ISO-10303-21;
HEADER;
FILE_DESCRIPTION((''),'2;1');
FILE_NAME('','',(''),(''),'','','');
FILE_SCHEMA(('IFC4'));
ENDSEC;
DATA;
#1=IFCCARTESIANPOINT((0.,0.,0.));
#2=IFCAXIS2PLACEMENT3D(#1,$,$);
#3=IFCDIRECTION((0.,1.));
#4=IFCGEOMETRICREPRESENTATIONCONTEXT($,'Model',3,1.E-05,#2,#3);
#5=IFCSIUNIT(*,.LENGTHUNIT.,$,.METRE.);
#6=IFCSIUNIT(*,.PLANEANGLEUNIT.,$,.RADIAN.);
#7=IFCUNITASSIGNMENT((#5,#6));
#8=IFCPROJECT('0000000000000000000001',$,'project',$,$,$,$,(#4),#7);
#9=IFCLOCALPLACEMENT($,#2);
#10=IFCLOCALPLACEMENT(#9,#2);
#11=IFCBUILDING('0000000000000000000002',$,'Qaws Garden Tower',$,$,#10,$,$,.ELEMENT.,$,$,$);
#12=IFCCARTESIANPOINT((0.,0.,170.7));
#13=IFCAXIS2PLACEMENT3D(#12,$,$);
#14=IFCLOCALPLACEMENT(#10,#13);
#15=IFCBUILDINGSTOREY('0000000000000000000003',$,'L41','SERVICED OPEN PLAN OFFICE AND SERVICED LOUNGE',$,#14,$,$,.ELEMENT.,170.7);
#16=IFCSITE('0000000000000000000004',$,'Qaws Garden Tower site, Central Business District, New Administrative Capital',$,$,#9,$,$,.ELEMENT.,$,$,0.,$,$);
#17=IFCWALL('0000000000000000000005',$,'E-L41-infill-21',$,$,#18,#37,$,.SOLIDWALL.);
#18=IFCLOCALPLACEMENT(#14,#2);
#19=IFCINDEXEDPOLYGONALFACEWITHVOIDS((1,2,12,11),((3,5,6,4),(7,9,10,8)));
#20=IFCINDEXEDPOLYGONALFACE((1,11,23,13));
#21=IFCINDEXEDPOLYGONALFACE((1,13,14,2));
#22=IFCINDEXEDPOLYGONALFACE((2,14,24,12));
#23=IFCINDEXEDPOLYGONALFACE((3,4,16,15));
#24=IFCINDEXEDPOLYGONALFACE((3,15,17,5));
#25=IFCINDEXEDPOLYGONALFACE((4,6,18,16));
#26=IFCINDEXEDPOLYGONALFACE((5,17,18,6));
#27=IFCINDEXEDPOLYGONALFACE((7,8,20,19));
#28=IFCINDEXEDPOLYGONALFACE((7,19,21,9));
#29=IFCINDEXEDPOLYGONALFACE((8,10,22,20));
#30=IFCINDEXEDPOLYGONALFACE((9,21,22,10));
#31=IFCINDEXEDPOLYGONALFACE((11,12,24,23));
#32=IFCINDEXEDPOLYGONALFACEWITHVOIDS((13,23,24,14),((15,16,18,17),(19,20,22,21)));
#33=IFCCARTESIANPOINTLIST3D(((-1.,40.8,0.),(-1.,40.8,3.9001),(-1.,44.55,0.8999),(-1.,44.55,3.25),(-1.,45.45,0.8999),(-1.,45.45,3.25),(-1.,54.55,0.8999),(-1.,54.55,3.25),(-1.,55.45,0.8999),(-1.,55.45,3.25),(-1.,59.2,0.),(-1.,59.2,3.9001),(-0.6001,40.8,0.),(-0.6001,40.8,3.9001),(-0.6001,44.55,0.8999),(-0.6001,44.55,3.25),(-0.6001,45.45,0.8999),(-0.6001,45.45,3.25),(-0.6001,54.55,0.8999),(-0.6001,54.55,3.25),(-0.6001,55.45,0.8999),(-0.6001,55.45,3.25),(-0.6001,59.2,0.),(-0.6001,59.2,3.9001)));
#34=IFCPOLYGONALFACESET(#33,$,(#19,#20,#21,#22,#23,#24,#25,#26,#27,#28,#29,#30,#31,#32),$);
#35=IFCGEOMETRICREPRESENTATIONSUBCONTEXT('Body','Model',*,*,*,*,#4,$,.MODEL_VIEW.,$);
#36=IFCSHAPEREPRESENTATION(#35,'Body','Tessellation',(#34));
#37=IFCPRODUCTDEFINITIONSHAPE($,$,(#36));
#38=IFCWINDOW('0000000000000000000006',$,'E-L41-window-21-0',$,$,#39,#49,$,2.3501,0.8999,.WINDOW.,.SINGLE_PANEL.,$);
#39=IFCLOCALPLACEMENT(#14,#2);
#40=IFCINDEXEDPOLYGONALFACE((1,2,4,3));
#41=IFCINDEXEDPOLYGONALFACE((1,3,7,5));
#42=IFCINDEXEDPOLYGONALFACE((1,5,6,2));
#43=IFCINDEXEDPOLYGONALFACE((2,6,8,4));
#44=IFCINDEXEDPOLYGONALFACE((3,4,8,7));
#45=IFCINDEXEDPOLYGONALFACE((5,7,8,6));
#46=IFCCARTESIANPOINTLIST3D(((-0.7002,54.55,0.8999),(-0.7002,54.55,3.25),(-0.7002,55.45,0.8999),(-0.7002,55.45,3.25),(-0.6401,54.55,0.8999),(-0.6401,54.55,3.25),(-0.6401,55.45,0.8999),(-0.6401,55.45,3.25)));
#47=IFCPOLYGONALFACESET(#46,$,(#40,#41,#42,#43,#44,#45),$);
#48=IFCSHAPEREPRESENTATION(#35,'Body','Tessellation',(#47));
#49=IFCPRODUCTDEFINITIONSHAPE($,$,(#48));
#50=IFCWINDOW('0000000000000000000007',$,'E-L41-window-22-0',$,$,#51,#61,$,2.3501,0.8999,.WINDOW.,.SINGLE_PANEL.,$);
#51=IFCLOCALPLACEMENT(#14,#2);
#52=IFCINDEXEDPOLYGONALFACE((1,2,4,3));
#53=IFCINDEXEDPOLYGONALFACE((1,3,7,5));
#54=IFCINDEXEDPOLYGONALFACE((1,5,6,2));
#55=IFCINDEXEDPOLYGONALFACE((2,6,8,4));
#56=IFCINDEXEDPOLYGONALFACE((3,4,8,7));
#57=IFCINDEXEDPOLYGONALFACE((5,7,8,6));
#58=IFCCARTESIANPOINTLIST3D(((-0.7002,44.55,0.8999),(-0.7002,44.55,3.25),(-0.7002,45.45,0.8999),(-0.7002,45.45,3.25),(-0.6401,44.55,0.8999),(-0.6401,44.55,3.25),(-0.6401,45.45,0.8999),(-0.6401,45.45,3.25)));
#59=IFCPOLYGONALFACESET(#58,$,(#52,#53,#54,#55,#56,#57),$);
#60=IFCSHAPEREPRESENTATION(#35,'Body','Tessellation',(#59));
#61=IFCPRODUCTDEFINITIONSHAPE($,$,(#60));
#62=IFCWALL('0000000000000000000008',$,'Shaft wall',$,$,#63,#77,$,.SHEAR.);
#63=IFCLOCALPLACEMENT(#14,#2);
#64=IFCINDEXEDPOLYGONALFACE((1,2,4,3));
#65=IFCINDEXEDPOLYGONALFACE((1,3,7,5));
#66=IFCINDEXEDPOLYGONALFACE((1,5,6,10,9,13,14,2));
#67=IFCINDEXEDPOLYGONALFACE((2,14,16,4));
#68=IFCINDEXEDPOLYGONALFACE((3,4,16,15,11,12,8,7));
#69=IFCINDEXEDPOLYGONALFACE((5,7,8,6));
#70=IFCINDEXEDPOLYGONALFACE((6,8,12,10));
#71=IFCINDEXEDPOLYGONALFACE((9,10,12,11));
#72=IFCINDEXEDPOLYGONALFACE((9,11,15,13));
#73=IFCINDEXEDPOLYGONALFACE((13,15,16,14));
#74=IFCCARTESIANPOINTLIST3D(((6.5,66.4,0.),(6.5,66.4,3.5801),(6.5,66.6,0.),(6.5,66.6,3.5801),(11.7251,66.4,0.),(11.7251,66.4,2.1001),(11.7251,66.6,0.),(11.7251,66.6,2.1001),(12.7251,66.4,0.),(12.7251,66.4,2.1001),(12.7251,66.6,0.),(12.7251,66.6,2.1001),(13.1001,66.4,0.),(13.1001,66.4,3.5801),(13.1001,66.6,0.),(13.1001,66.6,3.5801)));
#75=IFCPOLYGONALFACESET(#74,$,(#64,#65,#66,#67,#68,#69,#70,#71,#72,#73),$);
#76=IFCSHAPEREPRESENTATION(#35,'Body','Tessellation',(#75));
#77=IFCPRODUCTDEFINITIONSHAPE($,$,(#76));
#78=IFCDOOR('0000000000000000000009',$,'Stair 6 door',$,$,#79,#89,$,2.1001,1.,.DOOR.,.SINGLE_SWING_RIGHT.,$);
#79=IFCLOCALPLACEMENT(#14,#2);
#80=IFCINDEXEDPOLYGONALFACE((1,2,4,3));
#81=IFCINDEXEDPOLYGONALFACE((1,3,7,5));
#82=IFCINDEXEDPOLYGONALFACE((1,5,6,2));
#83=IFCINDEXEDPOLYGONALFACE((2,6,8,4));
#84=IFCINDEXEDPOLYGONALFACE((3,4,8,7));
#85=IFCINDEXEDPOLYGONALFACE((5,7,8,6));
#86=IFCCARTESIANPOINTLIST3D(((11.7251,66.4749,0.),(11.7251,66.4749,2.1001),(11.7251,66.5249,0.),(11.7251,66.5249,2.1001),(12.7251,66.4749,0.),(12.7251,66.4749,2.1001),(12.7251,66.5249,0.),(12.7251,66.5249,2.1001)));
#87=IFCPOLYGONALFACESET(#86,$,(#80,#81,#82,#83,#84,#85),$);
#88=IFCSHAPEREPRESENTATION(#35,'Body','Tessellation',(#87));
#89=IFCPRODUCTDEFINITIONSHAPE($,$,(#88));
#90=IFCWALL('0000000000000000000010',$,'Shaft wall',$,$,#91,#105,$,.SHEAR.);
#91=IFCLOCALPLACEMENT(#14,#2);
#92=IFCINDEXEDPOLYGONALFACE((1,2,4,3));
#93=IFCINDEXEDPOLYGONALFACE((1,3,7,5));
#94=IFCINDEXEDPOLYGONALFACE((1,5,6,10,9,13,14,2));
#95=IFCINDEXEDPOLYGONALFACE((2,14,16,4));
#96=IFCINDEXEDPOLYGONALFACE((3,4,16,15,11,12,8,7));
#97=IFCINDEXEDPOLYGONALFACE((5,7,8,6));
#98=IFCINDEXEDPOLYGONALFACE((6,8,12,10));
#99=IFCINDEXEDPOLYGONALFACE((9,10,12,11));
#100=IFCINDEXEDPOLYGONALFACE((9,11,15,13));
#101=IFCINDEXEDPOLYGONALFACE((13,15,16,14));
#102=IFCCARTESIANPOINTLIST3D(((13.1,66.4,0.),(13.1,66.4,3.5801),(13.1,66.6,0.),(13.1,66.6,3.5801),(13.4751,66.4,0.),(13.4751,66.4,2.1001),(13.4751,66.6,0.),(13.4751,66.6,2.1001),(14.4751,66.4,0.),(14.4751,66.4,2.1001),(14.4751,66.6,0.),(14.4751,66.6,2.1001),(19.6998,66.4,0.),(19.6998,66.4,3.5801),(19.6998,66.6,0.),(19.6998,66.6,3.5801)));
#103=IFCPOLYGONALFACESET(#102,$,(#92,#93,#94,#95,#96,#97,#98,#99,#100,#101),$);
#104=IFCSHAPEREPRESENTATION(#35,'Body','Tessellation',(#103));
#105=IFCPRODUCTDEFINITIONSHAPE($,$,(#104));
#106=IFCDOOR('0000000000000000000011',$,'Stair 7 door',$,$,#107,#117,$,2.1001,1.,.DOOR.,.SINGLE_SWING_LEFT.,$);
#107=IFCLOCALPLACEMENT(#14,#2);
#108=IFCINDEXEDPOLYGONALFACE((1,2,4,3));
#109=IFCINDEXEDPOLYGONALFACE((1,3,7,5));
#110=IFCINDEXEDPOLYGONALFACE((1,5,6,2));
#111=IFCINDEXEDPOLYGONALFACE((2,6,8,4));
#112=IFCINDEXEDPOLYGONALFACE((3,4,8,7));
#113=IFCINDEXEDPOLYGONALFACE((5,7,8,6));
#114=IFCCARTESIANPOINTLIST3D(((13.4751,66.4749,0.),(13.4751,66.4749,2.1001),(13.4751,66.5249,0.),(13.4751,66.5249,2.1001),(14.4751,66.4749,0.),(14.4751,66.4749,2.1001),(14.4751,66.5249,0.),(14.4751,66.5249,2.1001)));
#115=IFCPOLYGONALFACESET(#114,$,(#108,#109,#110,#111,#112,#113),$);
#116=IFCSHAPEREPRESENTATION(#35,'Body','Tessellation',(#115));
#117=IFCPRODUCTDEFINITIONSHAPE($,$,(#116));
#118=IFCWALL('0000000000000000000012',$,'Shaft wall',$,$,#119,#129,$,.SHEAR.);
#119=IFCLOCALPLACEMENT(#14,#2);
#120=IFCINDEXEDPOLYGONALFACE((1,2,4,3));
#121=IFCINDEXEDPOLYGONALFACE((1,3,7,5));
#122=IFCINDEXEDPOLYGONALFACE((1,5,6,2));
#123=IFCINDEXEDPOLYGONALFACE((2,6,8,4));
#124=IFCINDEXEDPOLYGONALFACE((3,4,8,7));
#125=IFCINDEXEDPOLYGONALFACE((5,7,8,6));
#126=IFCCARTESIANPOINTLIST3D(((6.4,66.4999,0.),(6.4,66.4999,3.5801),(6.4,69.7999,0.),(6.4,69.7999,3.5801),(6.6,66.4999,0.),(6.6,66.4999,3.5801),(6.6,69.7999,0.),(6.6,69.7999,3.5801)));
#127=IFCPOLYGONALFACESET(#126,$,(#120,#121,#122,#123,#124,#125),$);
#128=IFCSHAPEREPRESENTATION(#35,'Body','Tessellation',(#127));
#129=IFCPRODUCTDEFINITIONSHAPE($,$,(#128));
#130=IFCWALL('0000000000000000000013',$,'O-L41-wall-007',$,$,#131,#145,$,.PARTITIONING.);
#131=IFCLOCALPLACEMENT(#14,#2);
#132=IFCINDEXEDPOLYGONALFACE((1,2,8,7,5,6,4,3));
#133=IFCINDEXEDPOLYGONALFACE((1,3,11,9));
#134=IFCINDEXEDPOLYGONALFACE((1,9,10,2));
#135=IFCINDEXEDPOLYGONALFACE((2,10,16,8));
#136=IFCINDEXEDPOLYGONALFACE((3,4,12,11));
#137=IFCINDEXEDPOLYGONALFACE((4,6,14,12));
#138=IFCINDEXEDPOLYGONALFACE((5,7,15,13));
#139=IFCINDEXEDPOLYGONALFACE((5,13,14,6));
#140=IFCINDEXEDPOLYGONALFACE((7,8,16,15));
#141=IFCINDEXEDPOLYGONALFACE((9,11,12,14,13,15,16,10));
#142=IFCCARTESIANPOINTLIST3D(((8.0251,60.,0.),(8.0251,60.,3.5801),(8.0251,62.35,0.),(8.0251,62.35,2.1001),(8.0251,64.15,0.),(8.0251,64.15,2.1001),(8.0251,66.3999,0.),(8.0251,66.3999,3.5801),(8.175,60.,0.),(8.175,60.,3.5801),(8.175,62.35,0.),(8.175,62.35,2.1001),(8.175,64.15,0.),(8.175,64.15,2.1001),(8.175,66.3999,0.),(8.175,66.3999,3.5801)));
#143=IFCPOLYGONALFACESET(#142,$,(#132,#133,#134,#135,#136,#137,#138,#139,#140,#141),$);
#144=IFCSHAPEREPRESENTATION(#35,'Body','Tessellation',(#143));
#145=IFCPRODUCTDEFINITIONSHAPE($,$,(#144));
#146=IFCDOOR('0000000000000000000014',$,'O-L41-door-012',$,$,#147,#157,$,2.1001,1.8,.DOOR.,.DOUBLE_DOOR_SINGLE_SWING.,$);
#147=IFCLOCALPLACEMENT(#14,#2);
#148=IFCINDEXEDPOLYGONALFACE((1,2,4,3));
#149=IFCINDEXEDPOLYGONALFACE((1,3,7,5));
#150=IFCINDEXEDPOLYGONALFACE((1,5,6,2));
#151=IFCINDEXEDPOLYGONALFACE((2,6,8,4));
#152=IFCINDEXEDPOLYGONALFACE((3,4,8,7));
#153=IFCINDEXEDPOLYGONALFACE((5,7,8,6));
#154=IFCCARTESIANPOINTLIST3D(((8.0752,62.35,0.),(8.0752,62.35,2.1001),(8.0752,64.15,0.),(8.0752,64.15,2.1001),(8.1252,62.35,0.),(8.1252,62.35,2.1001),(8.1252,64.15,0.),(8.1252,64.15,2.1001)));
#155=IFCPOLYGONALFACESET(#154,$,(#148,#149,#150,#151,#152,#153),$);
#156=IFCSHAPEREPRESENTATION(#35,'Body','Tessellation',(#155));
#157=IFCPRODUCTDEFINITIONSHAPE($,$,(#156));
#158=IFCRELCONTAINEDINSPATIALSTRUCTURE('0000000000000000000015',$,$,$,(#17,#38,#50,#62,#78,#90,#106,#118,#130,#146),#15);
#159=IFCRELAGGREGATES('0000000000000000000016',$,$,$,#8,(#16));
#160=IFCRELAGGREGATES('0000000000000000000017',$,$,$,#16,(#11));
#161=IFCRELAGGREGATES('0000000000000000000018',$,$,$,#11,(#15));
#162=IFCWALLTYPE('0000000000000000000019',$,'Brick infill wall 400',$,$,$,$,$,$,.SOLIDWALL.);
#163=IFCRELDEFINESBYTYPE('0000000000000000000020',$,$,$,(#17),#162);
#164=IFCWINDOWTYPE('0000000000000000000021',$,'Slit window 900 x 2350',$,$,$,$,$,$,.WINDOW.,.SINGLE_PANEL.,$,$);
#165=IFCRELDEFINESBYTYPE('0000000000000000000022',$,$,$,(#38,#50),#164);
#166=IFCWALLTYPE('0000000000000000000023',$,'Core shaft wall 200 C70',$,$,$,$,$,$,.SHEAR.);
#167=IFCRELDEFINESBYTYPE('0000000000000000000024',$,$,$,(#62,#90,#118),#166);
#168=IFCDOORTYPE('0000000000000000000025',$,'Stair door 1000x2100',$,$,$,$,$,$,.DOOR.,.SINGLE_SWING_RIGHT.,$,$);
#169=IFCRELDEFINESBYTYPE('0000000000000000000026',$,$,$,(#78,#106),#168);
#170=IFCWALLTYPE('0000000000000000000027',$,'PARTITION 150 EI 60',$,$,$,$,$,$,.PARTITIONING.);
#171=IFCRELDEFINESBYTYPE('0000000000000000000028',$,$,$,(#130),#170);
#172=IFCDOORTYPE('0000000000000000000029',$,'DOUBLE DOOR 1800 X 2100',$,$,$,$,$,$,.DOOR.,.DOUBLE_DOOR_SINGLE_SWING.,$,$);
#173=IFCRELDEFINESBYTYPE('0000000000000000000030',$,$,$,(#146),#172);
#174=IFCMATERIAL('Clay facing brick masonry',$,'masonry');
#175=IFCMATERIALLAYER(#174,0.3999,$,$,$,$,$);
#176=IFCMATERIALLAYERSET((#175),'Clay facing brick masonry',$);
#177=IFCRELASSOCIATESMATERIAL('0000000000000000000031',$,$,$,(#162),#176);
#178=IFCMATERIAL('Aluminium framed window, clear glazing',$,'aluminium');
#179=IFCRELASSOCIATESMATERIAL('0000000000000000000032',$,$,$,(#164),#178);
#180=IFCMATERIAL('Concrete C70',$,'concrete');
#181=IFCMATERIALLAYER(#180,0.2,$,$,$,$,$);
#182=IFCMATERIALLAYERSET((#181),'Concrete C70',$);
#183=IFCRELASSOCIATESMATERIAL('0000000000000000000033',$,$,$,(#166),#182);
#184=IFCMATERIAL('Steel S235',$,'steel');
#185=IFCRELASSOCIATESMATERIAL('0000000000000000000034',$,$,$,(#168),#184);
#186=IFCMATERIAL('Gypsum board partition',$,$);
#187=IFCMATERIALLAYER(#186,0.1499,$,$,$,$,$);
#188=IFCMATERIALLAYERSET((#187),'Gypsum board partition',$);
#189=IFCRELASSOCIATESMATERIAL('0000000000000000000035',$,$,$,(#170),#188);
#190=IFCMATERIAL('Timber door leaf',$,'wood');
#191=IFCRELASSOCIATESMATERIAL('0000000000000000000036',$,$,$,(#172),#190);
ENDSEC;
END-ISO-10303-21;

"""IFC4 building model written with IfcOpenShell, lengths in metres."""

from ifc_helpers import new_model, si_unit, direction, frame, frame_2d, origin, place, context, subcontext, project, spatial, rectangle, extrude, material, layer, layer_set, type_object, element, fill, save


model = new_model("IFC4")

# Units and contexts
model_context = context("Model", 3, precision=1e-05, world=origin(), true_north=direction((0.0, 1.0)))
body_context = subcontext(model_context, "Body", "Model", "MODEL_VIEW")
ifc_project = project(units=[si_unit("LENGTHUNIT", "METRE"), si_unit("PLANEANGLEUNIT", "RADIAN")], contexts=[model_context])

# Site, building, storey
site_placement = place(None, origin())
site = spatial("IfcSite", under=ifc_project, at=site_placement, Name="Qaws Garden Tower site, Central Business District, New Administrative Capital", CompositionType="ELEMENT", RefElevation=0.0)
building_placement = place(site_placement, origin())
building = spatial("IfcBuilding", under=site, at=building_placement, Name="Qaws Garden Tower", CompositionType="ELEMENT")
storey_placement = place(building_placement, frame((0.0, 0.0, 170.7)))
storey = spatial("IfcBuildingStorey", under=building, at=storey_placement, Name="L41", Description="SERVICED OPEN PLAN OFFICE AND SERVICED LOUNGE", CompositionType="ELEMENT", Elevation=170.7)

# Shared definitions
ifc_material_1 = material(Name="Clay facing brick masonry", Category="masonry")
ifc_layer_1 = layer(ifc_material_1, 0.3999)
ifc_layer_set_1 = layer_set([ifc_layer_1], Name="Clay facing brick masonry")
wall_type_1 = type_object("IfcWallType", Name="Brick infill wall 400", PredefinedType="SOLIDWALL", material=ifc_layer_set_1)

# Wall, openings, windows
wall_1_placement = place(storey_placement, frame((-0.8, 59.2, 0.0), z_axis=(0.0, 0.0, 1.0), x_axis=(0.0, -1.0, 0.0)))
wall_1 = element("IfcWall", 1, at=wall_1_placement, inside=storey, type_object=wall_type_1, Name="E-L41-infill-21", PredefinedType="SOLIDWALL", context=body_context, shape_type="SweptSolid", body=[
    extrude(rectangle(XDim=18.3999, YDim=0.3999, at=frame_2d((9.2, 0.0))), origin(), (0.0, 0.0, 1.0), 3.9001),
])
opening_1_placement = place(wall_1_placement, frame((3.75, 0.0, 0.8999)))
opening_1 = element("IfcOpeningElement", 2, at=opening_1_placement, cuts=wall_1, PredefinedType="OPENING", context=body_context, shape_type="SweptSolid", body=[
    extrude(rectangle(XDim=0.8999, YDim=2.3501, at=frame_2d((0.45, 1.175))), frame((0.0, 0.21, 0.0), z_axis=(0.0, -1.0, 0.0), x_axis=(1.0, 0.0, 0.0)), (0.0, 0.0, 1.0), 0.4199),
])
opening_2_placement = place(wall_1_placement, frame((13.75, 0.0, 0.8999)))
opening_2 = element("IfcOpeningElement", 3, at=opening_2_placement, cuts=wall_1, PredefinedType="OPENING", context=body_context, shape_type="SweptSolid", body=[
    extrude(rectangle(XDim=0.8999, YDim=2.3501, at=frame_2d((0.45, 1.175))), frame((0.0, 0.21, 0.0), z_axis=(0.0, -1.0, 0.0), x_axis=(1.0, 0.0, 0.0)), (0.0, 0.0, 1.0), 0.4199),
])
ifc_material_2 = material(Name="Aluminium framed window, clear glazing", Category="aluminium")
window_type_1 = type_object("IfcWindowType", Name="Slit window 900 x 2350", PartitioningType="SINGLE_PANEL", PredefinedType="WINDOW", material=ifc_material_2)
window_1_placement = place(opening_1_placement, origin())
window_1 = element("IfcWindow", 4, at=window_1_placement, inside=storey, type_object=window_type_1, Name="E-L41-window-21-0", OverallHeight=2.3501, OverallWidth=0.8999, PartitioningType="SINGLE_PANEL", PredefinedType="WINDOW", context=body_context, shape_type="SweptSolid", body=[
    extrude(rectangle(XDim=0.8999, YDim=2.3501, at=frame_2d((0.45, 1.175))), frame((0.0, 0.1599, 0.0), z_axis=(0.0, -1.0, 0.0), x_axis=(1.0, 0.0, 0.0)), (0.0, 0.0, 1.0), 0.0601),
])
fill(opening_1, window_1)
window_2_placement = place(opening_2_placement, origin())
window_2 = element("IfcWindow", 5, at=window_2_placement, inside=storey, type_object=window_type_1, Name="E-L41-window-22-0", OverallHeight=2.3501, OverallWidth=0.8999, PartitioningType="SINGLE_PANEL", PredefinedType="WINDOW", context=body_context, shape_type="SweptSolid", body=[
    extrude(rectangle(XDim=0.8999, YDim=2.3501, at=frame_2d((0.45, 1.175))), frame((0.0, 0.1599, 0.0), z_axis=(0.0, -1.0, 0.0), x_axis=(1.0, 0.0, 0.0)), (0.0, 0.0, 1.0), 0.0601),
])
fill(opening_2, window_2)

# Walls, openings, doors
ifc_material_3 = material(Name="Concrete C70", Category="concrete")
ifc_layer_2 = layer(ifc_material_3, 0.2)
ifc_layer_set_2 = layer_set([ifc_layer_2], Name="Concrete C70")
wall_type_2 = type_object("IfcWallType", Name="Core shaft wall 200 C70", PredefinedType="SHEAR", material=ifc_layer_set_2)
wall_2_placement = place(storey_placement, frame((6.5, 66.5, 0.0), z_axis=(0.0, 0.0, 1.0), x_axis=(1.0, 0.0, 0.0)))
wall_2 = element("IfcWall", 6, at=wall_2_placement, inside=storey, type_object=wall_type_2, Name="Shaft wall", PredefinedType="SHEAR", context=body_context, shape_type="SweptSolid", body=[
    extrude(rectangle(XDim=6.6001, YDim=0.2, at=frame_2d((3.3, 0.0))), origin(), (0.0, 0.0, 1.0), 3.5801),
])
opening_3_placement = place(wall_2_placement, frame((5.2251, 0.0, 0.0)))
opening_3 = element("IfcOpeningElement", 7, at=opening_3_placement, cuts=wall_2, PredefinedType="OPENING", context=body_context, shape_type="SweptSolid", body=[
    extrude(rectangle(XDim=1.0, YDim=2.1001, at=frame_2d((0.5, 1.05))), frame((0.0, 0.1099, 0.0), z_axis=(0.0, -1.0, 0.0), x_axis=(1.0, 0.0, 0.0)), (0.0, 0.0, 1.0), 0.22),
])
ifc_material_4 = material(Name="Steel S235", Category="steel")
door_type_1 = type_object("IfcDoorType", Name="Stair door 1000x2100", OperationType="SINGLE_SWING_RIGHT", PredefinedType="DOOR", material=ifc_material_4)
door_1_placement = place(opening_3_placement, origin())
door_1 = element("IfcDoor", 8, at=door_1_placement, inside=storey, type_object=door_type_1, Name="Stair 6 door", OperationType="SINGLE_SWING_RIGHT", OverallHeight=2.1001, OverallWidth=1.0, PredefinedType="DOOR", context=body_context, shape_type="SweptSolid", body=[
    extrude(rectangle(XDim=1.0, YDim=2.1001, at=frame_2d((0.5, 1.05))), frame((0.0, 0.0249, 0.0), z_axis=(0.0, -1.0, 0.0), x_axis=(1.0, 0.0, 0.0)), (0.0, 0.0, 1.0), 0.05),
])
fill(opening_3, door_1)
wall_3_placement = place(storey_placement, frame((13.1001, 66.5, 0.0), z_axis=(0.0, 0.0, 1.0), x_axis=(1.0, 0.0, 0.0)))
wall_3 = element("IfcWall", 9, at=wall_3_placement, inside=storey, type_object=wall_type_2, Name="Shaft wall", PredefinedType="SHEAR", context=body_context, shape_type="SweptSolid", body=[
    extrude(rectangle(XDim=6.5999, YDim=0.2, at=frame_2d((3.2998, 0.0))), origin(), (0.0, 0.0, 1.0), 3.5801),
])
opening_4_placement = place(wall_3_placement, frame((0.375, 0.0, 0.0)))
opening_4 = element("IfcOpeningElement", 10, at=opening_4_placement, cuts=wall_3, PredefinedType="OPENING", context=body_context, shape_type="SweptSolid", body=[
    extrude(rectangle(XDim=1.0, YDim=2.1001, at=frame_2d((0.5, 1.05))), frame((0.0, 0.1099, 0.0), z_axis=(0.0, -1.0, 0.0), x_axis=(1.0, 0.0, 0.0)), (0.0, 0.0, 1.0), 0.22),
])
door_2_placement = place(opening_4_placement, origin())
door_2 = element("IfcDoor", 11, at=door_2_placement, inside=storey, type_object=door_type_1, Name="Stair 7 door", OperationType="SINGLE_SWING_LEFT", OverallHeight=2.1001, OverallWidth=1.0, PredefinedType="DOOR", context=body_context, shape_type="SweptSolid", body=[
    extrude(rectangle(XDim=1.0, YDim=2.1001, at=frame_2d((0.5, 1.05))), frame((0.0, 0.0249, 0.0), z_axis=(0.0, -1.0, 0.0), x_axis=(1.0, 0.0, 0.0)), (0.0, 0.0, 1.0), 0.05),
])
fill(opening_4, door_2)

# Wall
wall_4_placement = place(storey_placement, frame((6.5, 66.5, 0.0), z_axis=(0.0, 0.0, 1.0), x_axis=(0.0, 1.0, 0.0)))
element("IfcWall", 12, at=wall_4_placement, inside=storey, type_object=wall_type_2, Name="Shaft wall", PredefinedType="SHEAR", context=body_context, shape_type="SweptSolid", body=[
    extrude(rectangle(XDim=3.3, YDim=0.2, at=frame_2d((1.6499, 0.0))), origin(), (0.0, 0.0, 1.0), 3.5801),
])

# Wall, opening, door
ifc_material_5 = material(Name="Gypsum board partition")
ifc_layer_3 = layer(ifc_material_5, 0.1499)
ifc_layer_set_3 = layer_set([ifc_layer_3], Name="Gypsum board partition")
wall_type_3 = type_object("IfcWallType", Name="PARTITION 150 EI 60", PredefinedType="PARTITIONING", material=ifc_layer_set_3)
wall_5_placement = place(storey_placement, frame((8.1001, 60.0, 0.0), z_axis=(0.0, 0.0, 1.0), x_axis=(0.0, 1.0, 0.0)))
wall_5 = element("IfcWall", 13, at=wall_5_placement, inside=storey, type_object=wall_type_3, Name="O-L41-wall-007", PredefinedType="PARTITIONING", context=body_context, shape_type="SweptSolid", body=[
    extrude(rectangle(XDim=6.3999, YDim=0.1499, at=frame_2d((3.2, 0.0))), origin(), (0.0, 0.0, 1.0), 3.5801),
])
opening_5_placement = place(wall_5_placement, frame((2.3501, 0.0, 0.0)))
opening_5 = element("IfcOpeningElement", 14, at=opening_5_placement, cuts=wall_5, PredefinedType="OPENING", context=body_context, shape_type="SweptSolid", body=[
    extrude(rectangle(XDim=1.8, YDim=2.1001, at=frame_2d((0.8999, 1.05))), frame((0.0, 0.085, 0.0), z_axis=(0.0, -1.0, 0.0), x_axis=(1.0, 0.0, 0.0)), (0.0, 0.0, 1.0), 0.1699),
])
ifc_material_6 = material(Name="Timber door leaf", Category="wood")
door_type_2 = type_object("IfcDoorType", Name="DOUBLE DOOR 1800 X 2100", OperationType="DOUBLE_DOOR_SINGLE_SWING", PredefinedType="DOOR", material=ifc_material_6)
door_3_placement = place(opening_5_placement, origin())
door_3 = element("IfcDoor", 15, at=door_3_placement, inside=storey, type_object=door_type_2, Name="O-L41-door-012", OperationType="DOUBLE_DOOR_SINGLE_SWING", OverallHeight=2.1001, OverallWidth=1.8, PredefinedType="DOOR", context=body_context, shape_type="SweptSolid", body=[
    extrude(rectangle(XDim=1.8, YDim=2.1001, at=frame_2d((0.8999, 1.05))), frame((0.0, 0.0249, 0.0), z_axis=(0.0, -1.0, 0.0), x_axis=(1.0, 0.0, 0.0)), (0.0, 0.0, 1.0), 0.05),
])
fill(opening_5, door_3)

save(model, "model.ifc")
